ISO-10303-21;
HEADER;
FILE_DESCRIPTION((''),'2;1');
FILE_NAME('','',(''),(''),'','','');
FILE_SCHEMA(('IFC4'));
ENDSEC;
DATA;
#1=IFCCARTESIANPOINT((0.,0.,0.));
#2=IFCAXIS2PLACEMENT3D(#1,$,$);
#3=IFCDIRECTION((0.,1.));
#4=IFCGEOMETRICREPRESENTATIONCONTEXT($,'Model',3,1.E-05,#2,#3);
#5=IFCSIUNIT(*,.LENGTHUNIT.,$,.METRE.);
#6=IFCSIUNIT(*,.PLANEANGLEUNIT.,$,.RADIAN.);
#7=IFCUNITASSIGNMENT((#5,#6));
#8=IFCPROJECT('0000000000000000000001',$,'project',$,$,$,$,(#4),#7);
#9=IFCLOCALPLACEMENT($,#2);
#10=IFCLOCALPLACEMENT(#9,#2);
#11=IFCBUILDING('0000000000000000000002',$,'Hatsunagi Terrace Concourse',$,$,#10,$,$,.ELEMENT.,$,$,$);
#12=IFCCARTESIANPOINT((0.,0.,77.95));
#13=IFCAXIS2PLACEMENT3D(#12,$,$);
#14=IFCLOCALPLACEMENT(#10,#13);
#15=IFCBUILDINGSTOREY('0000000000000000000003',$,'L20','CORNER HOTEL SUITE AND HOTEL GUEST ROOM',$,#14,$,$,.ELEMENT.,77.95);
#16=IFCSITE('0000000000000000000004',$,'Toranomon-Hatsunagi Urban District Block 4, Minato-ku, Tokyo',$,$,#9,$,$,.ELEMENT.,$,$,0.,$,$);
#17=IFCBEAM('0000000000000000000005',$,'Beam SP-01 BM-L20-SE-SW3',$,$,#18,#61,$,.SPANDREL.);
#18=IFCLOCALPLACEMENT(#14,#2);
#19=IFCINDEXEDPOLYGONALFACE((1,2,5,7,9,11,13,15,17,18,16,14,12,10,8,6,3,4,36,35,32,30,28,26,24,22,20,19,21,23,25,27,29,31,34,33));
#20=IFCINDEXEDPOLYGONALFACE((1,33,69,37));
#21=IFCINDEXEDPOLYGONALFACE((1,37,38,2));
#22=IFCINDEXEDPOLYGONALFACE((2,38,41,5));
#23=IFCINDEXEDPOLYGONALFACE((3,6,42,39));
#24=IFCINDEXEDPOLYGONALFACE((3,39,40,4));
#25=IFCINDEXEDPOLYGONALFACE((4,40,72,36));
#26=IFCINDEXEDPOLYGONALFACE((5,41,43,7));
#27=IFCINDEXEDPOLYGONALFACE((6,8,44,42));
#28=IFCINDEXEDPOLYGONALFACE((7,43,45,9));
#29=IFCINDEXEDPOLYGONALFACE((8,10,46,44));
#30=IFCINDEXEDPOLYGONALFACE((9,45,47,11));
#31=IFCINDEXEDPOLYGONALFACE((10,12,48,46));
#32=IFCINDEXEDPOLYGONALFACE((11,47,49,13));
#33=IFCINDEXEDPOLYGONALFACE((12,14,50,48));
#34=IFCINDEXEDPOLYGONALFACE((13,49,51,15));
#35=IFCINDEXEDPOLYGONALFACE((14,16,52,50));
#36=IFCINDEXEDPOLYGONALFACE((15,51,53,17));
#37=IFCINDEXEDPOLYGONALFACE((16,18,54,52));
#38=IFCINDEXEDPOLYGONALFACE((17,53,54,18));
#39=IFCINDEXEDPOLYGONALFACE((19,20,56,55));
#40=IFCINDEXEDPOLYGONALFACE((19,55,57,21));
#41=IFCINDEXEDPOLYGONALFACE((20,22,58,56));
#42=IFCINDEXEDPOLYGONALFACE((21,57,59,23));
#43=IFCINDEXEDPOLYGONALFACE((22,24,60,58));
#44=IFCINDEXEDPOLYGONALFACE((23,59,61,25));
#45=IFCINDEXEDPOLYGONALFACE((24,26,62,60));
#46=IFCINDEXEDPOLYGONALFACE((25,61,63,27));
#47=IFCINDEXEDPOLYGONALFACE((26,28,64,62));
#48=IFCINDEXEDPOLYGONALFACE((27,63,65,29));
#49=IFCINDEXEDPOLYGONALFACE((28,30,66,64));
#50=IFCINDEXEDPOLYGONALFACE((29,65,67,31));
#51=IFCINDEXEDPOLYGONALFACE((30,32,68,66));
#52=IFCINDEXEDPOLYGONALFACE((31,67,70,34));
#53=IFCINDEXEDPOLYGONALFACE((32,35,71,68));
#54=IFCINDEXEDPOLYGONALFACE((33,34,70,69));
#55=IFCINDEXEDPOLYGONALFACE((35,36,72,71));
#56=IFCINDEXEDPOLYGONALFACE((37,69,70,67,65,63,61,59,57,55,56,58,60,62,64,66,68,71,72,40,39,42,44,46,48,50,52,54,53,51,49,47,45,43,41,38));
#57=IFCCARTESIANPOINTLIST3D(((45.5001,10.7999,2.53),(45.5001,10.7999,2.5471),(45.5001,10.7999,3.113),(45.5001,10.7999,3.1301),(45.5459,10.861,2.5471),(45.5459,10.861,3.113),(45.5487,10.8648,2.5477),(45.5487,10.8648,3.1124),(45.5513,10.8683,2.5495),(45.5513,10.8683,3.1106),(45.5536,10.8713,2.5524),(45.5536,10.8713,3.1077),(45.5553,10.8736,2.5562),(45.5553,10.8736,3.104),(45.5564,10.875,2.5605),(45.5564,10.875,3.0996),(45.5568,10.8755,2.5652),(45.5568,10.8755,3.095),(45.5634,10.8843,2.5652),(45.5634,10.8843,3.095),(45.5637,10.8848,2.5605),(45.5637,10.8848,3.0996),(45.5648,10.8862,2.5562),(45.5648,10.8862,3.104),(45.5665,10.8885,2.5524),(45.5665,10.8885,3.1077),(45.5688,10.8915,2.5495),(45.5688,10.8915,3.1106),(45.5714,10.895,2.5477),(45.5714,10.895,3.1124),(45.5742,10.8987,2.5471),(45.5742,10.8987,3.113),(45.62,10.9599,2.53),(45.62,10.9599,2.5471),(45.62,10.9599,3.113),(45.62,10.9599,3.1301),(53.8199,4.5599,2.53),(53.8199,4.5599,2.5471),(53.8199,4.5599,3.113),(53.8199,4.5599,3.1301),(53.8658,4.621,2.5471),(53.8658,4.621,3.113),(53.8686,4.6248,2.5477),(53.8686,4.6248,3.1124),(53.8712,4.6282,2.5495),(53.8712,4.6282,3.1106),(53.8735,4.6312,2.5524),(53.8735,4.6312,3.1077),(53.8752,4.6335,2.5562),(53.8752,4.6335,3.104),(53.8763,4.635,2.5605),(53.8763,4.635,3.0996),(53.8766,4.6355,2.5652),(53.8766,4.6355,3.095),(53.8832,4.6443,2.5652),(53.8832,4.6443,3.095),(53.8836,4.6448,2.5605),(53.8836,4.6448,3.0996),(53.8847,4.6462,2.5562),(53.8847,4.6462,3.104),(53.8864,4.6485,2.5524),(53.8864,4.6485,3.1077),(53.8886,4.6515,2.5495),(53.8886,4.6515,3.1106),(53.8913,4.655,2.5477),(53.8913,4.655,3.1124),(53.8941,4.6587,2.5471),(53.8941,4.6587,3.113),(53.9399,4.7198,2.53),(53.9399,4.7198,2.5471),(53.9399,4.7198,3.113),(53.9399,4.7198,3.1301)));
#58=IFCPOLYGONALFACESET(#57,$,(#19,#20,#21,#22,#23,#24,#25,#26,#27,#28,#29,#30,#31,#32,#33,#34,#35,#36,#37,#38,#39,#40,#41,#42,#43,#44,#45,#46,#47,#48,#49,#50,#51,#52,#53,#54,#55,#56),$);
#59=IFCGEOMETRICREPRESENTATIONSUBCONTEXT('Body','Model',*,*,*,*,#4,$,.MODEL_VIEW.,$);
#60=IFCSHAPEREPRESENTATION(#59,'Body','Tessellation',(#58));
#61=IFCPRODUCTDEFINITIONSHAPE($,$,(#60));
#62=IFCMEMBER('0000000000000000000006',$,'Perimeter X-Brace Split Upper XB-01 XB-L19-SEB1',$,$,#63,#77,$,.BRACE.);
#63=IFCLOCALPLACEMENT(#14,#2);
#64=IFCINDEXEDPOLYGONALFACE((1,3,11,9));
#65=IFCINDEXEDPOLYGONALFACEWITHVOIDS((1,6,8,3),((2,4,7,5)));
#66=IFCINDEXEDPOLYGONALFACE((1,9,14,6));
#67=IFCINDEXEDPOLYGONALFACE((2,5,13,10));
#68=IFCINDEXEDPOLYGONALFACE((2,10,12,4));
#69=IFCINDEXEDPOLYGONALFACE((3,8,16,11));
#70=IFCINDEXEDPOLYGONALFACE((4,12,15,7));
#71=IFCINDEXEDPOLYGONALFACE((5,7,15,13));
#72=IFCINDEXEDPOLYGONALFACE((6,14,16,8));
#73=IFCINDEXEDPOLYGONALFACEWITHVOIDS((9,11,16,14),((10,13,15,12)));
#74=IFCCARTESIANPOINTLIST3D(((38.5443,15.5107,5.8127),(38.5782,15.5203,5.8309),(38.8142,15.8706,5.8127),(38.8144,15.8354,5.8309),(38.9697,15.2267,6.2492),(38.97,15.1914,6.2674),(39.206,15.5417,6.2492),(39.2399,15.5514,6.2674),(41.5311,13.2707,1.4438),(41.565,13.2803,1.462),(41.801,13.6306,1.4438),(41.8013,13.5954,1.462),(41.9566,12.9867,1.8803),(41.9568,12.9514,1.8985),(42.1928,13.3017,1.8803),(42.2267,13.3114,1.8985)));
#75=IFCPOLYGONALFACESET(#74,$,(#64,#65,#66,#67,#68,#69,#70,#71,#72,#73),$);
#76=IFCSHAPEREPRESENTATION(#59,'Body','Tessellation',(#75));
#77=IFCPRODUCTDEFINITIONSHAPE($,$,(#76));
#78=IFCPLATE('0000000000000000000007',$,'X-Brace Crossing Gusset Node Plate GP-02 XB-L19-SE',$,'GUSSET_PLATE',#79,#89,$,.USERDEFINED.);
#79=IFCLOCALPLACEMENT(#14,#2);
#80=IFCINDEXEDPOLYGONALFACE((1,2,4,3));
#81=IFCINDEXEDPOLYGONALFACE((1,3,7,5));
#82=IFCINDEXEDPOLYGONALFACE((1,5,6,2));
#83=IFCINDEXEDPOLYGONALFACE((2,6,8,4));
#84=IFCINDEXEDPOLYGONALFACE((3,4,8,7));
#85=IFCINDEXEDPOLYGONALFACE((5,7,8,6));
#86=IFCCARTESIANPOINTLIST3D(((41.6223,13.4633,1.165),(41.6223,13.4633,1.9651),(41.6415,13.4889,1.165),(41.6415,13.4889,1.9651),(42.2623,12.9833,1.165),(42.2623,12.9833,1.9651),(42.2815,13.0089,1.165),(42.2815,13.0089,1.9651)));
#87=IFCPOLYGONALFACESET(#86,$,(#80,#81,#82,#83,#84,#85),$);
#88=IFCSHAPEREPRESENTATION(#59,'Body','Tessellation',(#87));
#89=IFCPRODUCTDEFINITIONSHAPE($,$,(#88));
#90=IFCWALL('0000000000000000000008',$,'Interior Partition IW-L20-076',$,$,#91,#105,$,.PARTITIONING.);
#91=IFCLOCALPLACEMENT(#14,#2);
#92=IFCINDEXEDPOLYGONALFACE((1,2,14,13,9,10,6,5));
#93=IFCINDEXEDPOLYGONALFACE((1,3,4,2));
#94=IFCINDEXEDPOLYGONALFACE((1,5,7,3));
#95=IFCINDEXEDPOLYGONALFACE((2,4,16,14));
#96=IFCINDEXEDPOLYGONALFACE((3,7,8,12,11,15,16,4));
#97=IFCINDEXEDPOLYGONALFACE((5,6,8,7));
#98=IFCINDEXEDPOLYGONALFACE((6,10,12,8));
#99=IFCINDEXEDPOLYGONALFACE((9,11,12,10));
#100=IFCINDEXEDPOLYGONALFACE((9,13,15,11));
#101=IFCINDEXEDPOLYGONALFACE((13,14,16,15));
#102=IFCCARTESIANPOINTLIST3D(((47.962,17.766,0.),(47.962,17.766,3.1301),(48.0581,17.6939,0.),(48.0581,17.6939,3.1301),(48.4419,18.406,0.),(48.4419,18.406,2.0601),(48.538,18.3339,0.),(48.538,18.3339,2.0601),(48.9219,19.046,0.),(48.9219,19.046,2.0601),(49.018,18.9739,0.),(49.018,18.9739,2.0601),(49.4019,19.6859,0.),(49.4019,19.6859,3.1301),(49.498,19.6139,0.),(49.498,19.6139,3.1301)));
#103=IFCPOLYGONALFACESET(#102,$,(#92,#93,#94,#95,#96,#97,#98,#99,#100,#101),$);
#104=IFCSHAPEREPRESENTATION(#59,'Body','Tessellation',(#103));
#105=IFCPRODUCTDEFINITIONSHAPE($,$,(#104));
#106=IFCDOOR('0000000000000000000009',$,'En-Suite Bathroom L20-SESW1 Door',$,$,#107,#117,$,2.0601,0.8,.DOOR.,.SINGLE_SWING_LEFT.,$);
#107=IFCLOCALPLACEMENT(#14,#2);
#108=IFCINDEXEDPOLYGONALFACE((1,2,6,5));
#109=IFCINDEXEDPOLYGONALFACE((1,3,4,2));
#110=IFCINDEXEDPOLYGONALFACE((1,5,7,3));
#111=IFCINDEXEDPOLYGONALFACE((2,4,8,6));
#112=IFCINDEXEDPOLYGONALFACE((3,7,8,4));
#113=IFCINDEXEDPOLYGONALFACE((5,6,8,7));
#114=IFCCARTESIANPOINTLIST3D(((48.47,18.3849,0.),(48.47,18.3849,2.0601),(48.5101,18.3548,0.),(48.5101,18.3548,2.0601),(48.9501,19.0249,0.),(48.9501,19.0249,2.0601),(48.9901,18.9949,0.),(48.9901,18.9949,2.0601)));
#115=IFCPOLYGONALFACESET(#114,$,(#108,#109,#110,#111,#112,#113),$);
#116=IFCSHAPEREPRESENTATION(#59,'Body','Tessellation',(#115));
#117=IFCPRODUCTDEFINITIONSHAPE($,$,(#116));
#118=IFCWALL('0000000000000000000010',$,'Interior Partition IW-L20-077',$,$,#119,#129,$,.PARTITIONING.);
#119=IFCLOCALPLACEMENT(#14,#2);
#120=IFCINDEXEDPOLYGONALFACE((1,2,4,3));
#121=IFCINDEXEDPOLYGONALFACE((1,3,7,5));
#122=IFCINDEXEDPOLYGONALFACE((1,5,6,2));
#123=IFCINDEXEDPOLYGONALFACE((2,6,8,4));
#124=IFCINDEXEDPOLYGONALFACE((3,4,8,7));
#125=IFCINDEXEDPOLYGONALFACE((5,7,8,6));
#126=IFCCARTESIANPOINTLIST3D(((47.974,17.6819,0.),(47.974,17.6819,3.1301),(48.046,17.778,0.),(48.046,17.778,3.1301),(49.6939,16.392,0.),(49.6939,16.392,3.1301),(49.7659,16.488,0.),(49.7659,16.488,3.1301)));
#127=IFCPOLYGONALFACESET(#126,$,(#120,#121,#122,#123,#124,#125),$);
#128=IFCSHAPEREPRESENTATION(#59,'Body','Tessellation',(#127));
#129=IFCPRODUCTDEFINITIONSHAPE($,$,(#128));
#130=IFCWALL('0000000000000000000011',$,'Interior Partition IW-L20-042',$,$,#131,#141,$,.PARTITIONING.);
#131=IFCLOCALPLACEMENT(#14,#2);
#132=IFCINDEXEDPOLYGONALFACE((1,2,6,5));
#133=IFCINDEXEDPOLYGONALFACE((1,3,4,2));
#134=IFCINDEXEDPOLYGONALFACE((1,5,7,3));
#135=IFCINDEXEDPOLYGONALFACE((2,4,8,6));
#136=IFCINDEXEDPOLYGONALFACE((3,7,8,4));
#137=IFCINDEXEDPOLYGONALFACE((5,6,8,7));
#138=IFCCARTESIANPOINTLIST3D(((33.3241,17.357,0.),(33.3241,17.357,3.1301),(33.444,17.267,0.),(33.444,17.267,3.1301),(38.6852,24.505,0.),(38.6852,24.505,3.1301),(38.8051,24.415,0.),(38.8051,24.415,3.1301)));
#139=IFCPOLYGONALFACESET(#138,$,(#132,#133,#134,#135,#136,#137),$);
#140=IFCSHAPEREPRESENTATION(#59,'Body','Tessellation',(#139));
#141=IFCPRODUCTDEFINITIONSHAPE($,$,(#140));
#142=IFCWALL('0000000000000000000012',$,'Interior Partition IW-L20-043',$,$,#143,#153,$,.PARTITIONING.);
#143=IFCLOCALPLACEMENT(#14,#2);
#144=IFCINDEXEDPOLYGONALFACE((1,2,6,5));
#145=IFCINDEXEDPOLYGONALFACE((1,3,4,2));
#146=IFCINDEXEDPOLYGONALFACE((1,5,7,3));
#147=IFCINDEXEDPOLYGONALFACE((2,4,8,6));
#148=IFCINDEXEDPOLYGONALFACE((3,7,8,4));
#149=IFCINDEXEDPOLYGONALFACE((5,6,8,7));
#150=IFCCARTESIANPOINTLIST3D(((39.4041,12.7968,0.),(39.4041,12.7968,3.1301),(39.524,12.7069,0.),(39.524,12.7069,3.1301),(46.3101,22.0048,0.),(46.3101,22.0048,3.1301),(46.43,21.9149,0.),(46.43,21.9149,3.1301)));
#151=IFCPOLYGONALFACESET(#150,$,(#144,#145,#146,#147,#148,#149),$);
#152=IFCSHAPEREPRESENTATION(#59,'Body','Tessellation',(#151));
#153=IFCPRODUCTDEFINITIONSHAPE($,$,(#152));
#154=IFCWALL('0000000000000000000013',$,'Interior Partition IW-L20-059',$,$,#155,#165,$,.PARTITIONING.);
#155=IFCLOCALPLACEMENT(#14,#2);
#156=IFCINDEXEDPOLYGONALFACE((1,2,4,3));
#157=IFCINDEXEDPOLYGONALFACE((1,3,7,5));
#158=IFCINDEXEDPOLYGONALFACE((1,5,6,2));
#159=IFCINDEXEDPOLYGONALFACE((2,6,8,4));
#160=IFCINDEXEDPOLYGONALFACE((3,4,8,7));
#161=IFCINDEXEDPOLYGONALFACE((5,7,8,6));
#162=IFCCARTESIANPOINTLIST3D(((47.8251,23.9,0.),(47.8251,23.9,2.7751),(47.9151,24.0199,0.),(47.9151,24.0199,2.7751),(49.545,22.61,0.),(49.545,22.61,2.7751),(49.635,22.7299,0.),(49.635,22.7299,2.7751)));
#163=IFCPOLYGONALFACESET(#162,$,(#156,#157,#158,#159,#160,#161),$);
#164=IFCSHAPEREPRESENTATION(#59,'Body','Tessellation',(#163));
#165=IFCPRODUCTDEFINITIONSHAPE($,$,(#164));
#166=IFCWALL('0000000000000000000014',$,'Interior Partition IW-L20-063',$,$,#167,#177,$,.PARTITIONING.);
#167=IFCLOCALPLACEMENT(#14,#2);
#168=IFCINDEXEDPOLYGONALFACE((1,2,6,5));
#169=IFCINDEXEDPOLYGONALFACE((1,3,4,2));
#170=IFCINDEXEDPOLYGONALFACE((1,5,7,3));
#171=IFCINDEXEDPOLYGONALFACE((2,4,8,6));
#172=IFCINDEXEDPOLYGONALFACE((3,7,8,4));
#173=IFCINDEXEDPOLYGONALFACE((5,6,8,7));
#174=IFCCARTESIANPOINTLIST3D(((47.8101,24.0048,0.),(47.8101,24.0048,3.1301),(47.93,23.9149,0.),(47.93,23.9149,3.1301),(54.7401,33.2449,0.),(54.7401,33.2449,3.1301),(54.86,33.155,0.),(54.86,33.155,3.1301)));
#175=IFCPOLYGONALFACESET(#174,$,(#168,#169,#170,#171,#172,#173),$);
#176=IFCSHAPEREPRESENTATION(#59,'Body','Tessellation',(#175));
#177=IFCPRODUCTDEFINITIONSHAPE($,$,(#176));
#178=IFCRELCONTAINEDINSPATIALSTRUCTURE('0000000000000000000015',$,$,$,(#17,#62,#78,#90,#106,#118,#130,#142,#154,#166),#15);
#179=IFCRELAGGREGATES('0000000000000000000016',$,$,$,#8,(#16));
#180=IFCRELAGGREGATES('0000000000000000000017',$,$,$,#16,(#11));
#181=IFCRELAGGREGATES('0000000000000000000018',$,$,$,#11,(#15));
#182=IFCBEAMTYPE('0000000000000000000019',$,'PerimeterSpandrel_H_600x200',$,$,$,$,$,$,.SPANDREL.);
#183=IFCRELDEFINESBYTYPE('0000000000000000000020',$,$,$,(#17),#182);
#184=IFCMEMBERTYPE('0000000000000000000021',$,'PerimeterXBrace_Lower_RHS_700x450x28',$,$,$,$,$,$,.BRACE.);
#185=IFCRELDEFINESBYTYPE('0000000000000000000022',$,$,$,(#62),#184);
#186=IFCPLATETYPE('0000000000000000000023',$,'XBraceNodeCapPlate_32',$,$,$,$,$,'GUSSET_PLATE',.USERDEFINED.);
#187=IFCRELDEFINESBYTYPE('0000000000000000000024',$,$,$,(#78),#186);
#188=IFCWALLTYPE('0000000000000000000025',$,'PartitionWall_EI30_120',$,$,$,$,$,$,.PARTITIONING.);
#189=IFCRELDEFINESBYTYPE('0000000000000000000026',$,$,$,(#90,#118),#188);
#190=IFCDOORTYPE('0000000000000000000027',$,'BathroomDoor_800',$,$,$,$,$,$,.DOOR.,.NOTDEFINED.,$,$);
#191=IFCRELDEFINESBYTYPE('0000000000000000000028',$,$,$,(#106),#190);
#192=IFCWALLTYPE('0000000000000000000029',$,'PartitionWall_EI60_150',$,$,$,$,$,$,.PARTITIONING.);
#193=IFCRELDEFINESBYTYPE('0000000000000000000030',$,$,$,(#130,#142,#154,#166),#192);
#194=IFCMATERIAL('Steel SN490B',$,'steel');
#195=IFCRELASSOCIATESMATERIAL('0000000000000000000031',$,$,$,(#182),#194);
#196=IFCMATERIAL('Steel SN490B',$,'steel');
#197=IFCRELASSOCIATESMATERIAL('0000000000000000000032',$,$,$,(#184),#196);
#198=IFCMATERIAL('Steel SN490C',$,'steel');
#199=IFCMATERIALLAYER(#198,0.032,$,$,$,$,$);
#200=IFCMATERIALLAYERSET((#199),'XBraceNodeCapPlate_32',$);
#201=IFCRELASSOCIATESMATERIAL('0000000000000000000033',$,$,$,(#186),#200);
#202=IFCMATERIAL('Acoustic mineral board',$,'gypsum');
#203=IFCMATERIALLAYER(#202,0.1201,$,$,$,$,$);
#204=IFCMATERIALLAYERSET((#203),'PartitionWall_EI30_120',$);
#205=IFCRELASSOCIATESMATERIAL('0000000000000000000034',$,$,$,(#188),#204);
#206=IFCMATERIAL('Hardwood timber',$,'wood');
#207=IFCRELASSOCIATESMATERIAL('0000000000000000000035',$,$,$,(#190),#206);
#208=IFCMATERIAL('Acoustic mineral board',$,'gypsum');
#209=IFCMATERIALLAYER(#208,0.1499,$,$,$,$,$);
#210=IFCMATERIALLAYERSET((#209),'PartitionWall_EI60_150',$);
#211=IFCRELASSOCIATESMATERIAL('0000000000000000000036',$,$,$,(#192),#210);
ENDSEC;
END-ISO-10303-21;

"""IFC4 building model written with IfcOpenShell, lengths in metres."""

from ifc_helpers import new_model, si_unit, direction, frame, frame_2d, origin, origin_2d, place, context, subcontext, project, spatial, rectangle, hollow_rectangle, i_section, extrude, material, layer, layer_set, material_profile, profile_set, type_object, element, fill, save


model = new_model("IFC4")

# Units and contexts
model_context = context("Model", 3, precision=1e-05, world=origin(), true_north=direction((0.0, 1.0)))
body_context = subcontext(model_context, "Body", "Model", "MODEL_VIEW")
ifc_project = project(units=[si_unit("LENGTHUNIT", "METRE"), si_unit("PLANEANGLEUNIT", "RADIAN")], contexts=[model_context])

# Site, building, storey
site_placement = place(None, origin())
site = spatial("IfcSite", under=ifc_project, at=site_placement, Name="Toranomon-Hatsunagi Urban District Block 4, Minato-ku, Tokyo", CompositionType="ELEMENT", RefElevation=0.0)
building_placement = place(site_placement, origin())
building = spatial("IfcBuilding", under=site, at=building_placement, Name="Hatsunagi Terrace Concourse", CompositionType="ELEMENT")
storey_placement = place(building_placement, frame((0.0, 0.0, 77.95)))
storey = spatial("IfcBuildingStorey", under=building, at=storey_placement, Name="L20", Description="CORNER HOTEL SUITE AND HOTEL GUEST ROOM", CompositionType="ELEMENT", Elevation=77.95)

# Beam
ifc_material_1 = material(Name="Steel SN490B", Category="steel")
ifc_material_profile_1 = material_profile(ifc_material_1, i_section(OverallWidth=0.2, OverallDepth=0.6001, WebThickness=0.011, FlangeThickness=0.0171, FilletRadius=0.0181, at=origin_2d()), Name="H-600x200x11x17")
ifc_profile_set_1 = profile_set([ifc_material_profile_1], Name="Steel SN490B")
beam_type_1 = type_object("IfcBeamType", Name="PerimeterSpandrel_H_600x200", PredefinedType="SPANDREL", material=ifc_profile_set_1)
beam_1_placement = place(storey_placement, frame((45.5601, 10.8799, 2.8301), z_axis=(0.799994, -0.600008, 0.0), x_axis=(0.600008, 0.799994, 0.0)))
element("IfcBeam", 1, at=beam_1_placement, inside=storey, type_object=beam_type_1, Name="Beam SP-01 BM-L20-SE-SW3", PredefinedType="SPANDREL", context=body_context, shape_type="SweptSolid", body=[
    extrude(i_section(OverallWidth=0.2, OverallDepth=0.6001, WebThickness=0.011, FlangeThickness=0.0171, FilletRadius=0.0181, at=origin_2d()), origin(), (0.0, 0.0, 1.0), 10.3999),
])

# Member
ifc_material_2 = material(Name="Steel SN490B", Category="steel")
ifc_material_profile_2 = material_profile(ifc_material_2, hollow_rectangle(XDim=0.45, YDim=0.7, WallThickness=0.0281, at=origin_2d()), Name="RHS-700x450x28")
ifc_profile_set_2 = profile_set([ifc_material_profile_2], Name="Steel SN490B")
member_type = type_object("IfcMemberType", Name="PerimeterXBrace_Lower_RHS_700x450x28", PredefinedType="BRACE", material=ifc_profile_set_2)
member_placement = place(storey_placement, frame((38.8921, 15.531, 6.04), z_axis=(0.519734, -0.389779, -0.760229), x_axis=(0.599979, 0.800016, 0.0)))
element("IfcMember", 2, at=member_placement, inside=storey, type_object=member_type, Name="Perimeter X-Brace Split Upper XB-01 XB-L19-SEB1", PredefinedType="BRACE", context=body_context, shape_type="SweptSolid", body=[
    extrude(hollow_rectangle(XDim=0.45, YDim=0.7, WallThickness=0.0281, at=origin_2d()), origin(), (0.0, 0.0, 1.0), 5.7468),
])

# Plate
ifc_material_3 = material(Name="Steel SN490C", Category="steel")
ifc_layer_1 = layer(ifc_material_3, 0.032)
ifc_layer_set_1 = layer_set([ifc_layer_1], Name="XBraceNodeCapPlate_32")
plate_type = type_object("IfcPlateType", Name="XBraceNodeCapPlate_32", ElementType="GUSSET_PLATE", PredefinedType="USERDEFINED", material=ifc_layer_set_1)
plate_placement = place(storey_placement, frame((41.9519, 13.2361, 1.165), z_axis=(0.0, 0.0, 1.0), x_axis=(0.8, -0.6, 0.0)))
element("IfcPlate", 3, at=plate_placement, inside=storey, type_object=plate_type, Name="X-Brace Crossing Gusset Node Plate GP-02 XB-L19-SE", ObjectType="GUSSET_PLATE", PredefinedType="USERDEFINED", context=body_context, shape_type="SweptSolid", body=[
    extrude(rectangle(XDim=0.8, YDim=0.032, at=origin_2d()), origin(), (0.0, 0.0, 1.0), 0.8),
])

# Wall, opening, door
ifc_material_4 = material(Name="Acoustic mineral board", Category="gypsum")
ifc_layer_2 = layer(ifc_material_4, 0.1201)
ifc_layer_set_2 = layer_set([ifc_layer_2], Name="PartitionWall_EI30_120")
wall_type_1 = type_object("IfcWallType", Name="PartitionWall_EI30_120", PredefinedType="PARTITIONING", material=ifc_layer_set_2)
wall_1_placement = place(storey_placement, frame((48.01, 17.73, 0.0), z_axis=(0.0, 0.0, 1.0), x_axis=(0.6, 0.8, 0.0)))
wall_1 = element("IfcWall", 4, at=wall_1_placement, inside=storey, type_object=wall_type_1, Name="Interior Partition IW-L20-076", PredefinedType="PARTITIONING", context=body_context, shape_type="SweptSolid", body=[
    extrude(rectangle(XDim=2.3999, YDim=0.1201, at=frame_2d((1.2, 0.0))), origin(), (0.0, 0.0, 1.0), 3.1301),
])
opening_1_placement = place(wall_1_placement, frame((0.8, 0.0, 0.0)))
opening_1 = element("IfcOpeningElement", 5, at=opening_1_placement, cuts=wall_1, PredefinedType="OPENING", context=body_context, shape_type="SweptSolid", body=[
    extrude(rectangle(XDim=0.8, YDim=2.0601, at=frame_2d((0.3999, 1.03))), frame((0.0, 0.0701, 0.0), z_axis=(0.0, -1.0, 0.0), x_axis=(1.0, 0.0, 0.0)), (0.0, 0.0, 1.0), 0.1401),
])
ifc_material_5 = material(Name="Hardwood timber", Category="wood")
door_type_1 = type_object("IfcDoorType", Name="BathroomDoor_800", OperationType="NOTDEFINED", PredefinedType="DOOR", material=ifc_material_5)
door_1_placement = place(opening_1_placement, origin())
door_1 = element("IfcDoor", 6, at=door_1_placement, inside=storey, type_object=door_type_1, Name="En-Suite Bathroom L20-SESW1 Door", OperationType="SINGLE_SWING_LEFT", OverallHeight=2.0601, OverallWidth=0.8, PredefinedType="DOOR", context=body_context, shape_type="SweptSolid", body=[
    extrude(rectangle(XDim=0.8, YDim=2.0601, at=frame_2d((0.3999, 1.03))), frame((0.0, 0.0249, 0.0), z_axis=(0.0, -1.0, 0.0), x_axis=(1.0, 0.0, 0.0)), (0.0, 0.0, 1.0), 0.05),
])
fill(opening_1, door_1)

# Walls
wall_2_placement = place(storey_placement, frame((48.01, 17.73, 0.0), z_axis=(0.0, 0.0, 1.0), x_axis=(0.799986, -0.600018, 0.0)))
element("IfcWall", 7, at=wall_2_placement, inside=storey, type_object=wall_type_1, Name="Interior Partition IW-L20-077", PredefinedType="PARTITIONING", context=body_context, shape_type="SweptSolid", body=[
    extrude(rectangle(XDim=2.1499, YDim=0.1201, at=frame_2d((1.075, 0.0))), origin(), (0.0, 0.0, 1.0), 3.1301),
])
ifc_material_6 = material(Name="Acoustic mineral board", Category="gypsum")
ifc_layer_3 = layer(ifc_material_6, 0.1499)
ifc_layer_set_3 = layer_set([ifc_layer_3], Name="PartitionWall_EI60_150")
wall_type_2 = type_object("IfcWallType", Name="PartitionWall_EI60_150", PredefinedType="PARTITIONING", material=ifc_layer_set_3)
wall_3_placement = place(storey_placement, frame((33.384, 17.312, 0.0), z_axis=(0.0, 0.0, 1.0), x_axis=(0.600009, 0.799993, 0.0)))
element("IfcWall", 8, at=wall_3_placement, inside=storey, type_object=wall_type_2, Name="Interior Partition IW-L20-042", PredefinedType="PARTITIONING", context=body_context, shape_type="SweptSolid", body=[
    extrude(rectangle(XDim=8.9351, YDim=0.1499, at=frame_2d((4.4675, 0.0))), origin(), (0.0, 0.0, 1.0), 3.1301),
])
wall_4_placement = place(storey_placement, frame((39.4641, 12.752, 0.0), z_axis=(0.0, 0.0, 1.0), x_axis=(0.6, 0.8, 0.0)))
element("IfcWall", 9, at=wall_4_placement, inside=storey, type_object=wall_type_2, Name="Interior Partition IW-L20-043", PredefinedType="PARTITIONING", context=body_context, shape_type="SweptSolid", body=[
    extrude(rectangle(XDim=11.51, YDim=0.1499, at=frame_2d((5.7549, 0.0))), origin(), (0.0, 0.0, 1.0), 3.1301),
])
wall_5_placement = place(storey_placement, frame((47.8701, 23.96, 0.0), z_axis=(0.0, 0.0, 1.0), x_axis=(0.799986, -0.600018, 0.0)))
element("IfcWall", 10, at=wall_5_placement, inside=storey, type_object=wall_type_2, Name="Interior Partition IW-L20-059", PredefinedType="PARTITIONING", context=body_context, shape_type="SweptSolid", body=[
    extrude(rectangle(XDim=2.1499, YDim=0.1499, at=frame_2d((1.075, 0.0))), origin(), (0.0, 0.0, 1.0), 2.7751),
])
wall_6_placement = place(storey_placement, frame((47.8701, 23.96, 0.0), z_axis=(0.0, 0.0, 1.0), x_axis=(0.599997, 0.800003, 0.0)))
element("IfcWall", 11, at=wall_6_placement, inside=storey, type_object=wall_type_2, Name="Interior Partition IW-L20-063", PredefinedType="PARTITIONING", context=body_context, shape_type="SweptSolid", body=[
    extrude(rectangle(XDim=11.55, YDim=0.1499, at=frame_2d((5.7749, 0.0))), origin(), (0.0, 0.0, 1.0), 3.1301),
])

save(model, "model.ifc")
